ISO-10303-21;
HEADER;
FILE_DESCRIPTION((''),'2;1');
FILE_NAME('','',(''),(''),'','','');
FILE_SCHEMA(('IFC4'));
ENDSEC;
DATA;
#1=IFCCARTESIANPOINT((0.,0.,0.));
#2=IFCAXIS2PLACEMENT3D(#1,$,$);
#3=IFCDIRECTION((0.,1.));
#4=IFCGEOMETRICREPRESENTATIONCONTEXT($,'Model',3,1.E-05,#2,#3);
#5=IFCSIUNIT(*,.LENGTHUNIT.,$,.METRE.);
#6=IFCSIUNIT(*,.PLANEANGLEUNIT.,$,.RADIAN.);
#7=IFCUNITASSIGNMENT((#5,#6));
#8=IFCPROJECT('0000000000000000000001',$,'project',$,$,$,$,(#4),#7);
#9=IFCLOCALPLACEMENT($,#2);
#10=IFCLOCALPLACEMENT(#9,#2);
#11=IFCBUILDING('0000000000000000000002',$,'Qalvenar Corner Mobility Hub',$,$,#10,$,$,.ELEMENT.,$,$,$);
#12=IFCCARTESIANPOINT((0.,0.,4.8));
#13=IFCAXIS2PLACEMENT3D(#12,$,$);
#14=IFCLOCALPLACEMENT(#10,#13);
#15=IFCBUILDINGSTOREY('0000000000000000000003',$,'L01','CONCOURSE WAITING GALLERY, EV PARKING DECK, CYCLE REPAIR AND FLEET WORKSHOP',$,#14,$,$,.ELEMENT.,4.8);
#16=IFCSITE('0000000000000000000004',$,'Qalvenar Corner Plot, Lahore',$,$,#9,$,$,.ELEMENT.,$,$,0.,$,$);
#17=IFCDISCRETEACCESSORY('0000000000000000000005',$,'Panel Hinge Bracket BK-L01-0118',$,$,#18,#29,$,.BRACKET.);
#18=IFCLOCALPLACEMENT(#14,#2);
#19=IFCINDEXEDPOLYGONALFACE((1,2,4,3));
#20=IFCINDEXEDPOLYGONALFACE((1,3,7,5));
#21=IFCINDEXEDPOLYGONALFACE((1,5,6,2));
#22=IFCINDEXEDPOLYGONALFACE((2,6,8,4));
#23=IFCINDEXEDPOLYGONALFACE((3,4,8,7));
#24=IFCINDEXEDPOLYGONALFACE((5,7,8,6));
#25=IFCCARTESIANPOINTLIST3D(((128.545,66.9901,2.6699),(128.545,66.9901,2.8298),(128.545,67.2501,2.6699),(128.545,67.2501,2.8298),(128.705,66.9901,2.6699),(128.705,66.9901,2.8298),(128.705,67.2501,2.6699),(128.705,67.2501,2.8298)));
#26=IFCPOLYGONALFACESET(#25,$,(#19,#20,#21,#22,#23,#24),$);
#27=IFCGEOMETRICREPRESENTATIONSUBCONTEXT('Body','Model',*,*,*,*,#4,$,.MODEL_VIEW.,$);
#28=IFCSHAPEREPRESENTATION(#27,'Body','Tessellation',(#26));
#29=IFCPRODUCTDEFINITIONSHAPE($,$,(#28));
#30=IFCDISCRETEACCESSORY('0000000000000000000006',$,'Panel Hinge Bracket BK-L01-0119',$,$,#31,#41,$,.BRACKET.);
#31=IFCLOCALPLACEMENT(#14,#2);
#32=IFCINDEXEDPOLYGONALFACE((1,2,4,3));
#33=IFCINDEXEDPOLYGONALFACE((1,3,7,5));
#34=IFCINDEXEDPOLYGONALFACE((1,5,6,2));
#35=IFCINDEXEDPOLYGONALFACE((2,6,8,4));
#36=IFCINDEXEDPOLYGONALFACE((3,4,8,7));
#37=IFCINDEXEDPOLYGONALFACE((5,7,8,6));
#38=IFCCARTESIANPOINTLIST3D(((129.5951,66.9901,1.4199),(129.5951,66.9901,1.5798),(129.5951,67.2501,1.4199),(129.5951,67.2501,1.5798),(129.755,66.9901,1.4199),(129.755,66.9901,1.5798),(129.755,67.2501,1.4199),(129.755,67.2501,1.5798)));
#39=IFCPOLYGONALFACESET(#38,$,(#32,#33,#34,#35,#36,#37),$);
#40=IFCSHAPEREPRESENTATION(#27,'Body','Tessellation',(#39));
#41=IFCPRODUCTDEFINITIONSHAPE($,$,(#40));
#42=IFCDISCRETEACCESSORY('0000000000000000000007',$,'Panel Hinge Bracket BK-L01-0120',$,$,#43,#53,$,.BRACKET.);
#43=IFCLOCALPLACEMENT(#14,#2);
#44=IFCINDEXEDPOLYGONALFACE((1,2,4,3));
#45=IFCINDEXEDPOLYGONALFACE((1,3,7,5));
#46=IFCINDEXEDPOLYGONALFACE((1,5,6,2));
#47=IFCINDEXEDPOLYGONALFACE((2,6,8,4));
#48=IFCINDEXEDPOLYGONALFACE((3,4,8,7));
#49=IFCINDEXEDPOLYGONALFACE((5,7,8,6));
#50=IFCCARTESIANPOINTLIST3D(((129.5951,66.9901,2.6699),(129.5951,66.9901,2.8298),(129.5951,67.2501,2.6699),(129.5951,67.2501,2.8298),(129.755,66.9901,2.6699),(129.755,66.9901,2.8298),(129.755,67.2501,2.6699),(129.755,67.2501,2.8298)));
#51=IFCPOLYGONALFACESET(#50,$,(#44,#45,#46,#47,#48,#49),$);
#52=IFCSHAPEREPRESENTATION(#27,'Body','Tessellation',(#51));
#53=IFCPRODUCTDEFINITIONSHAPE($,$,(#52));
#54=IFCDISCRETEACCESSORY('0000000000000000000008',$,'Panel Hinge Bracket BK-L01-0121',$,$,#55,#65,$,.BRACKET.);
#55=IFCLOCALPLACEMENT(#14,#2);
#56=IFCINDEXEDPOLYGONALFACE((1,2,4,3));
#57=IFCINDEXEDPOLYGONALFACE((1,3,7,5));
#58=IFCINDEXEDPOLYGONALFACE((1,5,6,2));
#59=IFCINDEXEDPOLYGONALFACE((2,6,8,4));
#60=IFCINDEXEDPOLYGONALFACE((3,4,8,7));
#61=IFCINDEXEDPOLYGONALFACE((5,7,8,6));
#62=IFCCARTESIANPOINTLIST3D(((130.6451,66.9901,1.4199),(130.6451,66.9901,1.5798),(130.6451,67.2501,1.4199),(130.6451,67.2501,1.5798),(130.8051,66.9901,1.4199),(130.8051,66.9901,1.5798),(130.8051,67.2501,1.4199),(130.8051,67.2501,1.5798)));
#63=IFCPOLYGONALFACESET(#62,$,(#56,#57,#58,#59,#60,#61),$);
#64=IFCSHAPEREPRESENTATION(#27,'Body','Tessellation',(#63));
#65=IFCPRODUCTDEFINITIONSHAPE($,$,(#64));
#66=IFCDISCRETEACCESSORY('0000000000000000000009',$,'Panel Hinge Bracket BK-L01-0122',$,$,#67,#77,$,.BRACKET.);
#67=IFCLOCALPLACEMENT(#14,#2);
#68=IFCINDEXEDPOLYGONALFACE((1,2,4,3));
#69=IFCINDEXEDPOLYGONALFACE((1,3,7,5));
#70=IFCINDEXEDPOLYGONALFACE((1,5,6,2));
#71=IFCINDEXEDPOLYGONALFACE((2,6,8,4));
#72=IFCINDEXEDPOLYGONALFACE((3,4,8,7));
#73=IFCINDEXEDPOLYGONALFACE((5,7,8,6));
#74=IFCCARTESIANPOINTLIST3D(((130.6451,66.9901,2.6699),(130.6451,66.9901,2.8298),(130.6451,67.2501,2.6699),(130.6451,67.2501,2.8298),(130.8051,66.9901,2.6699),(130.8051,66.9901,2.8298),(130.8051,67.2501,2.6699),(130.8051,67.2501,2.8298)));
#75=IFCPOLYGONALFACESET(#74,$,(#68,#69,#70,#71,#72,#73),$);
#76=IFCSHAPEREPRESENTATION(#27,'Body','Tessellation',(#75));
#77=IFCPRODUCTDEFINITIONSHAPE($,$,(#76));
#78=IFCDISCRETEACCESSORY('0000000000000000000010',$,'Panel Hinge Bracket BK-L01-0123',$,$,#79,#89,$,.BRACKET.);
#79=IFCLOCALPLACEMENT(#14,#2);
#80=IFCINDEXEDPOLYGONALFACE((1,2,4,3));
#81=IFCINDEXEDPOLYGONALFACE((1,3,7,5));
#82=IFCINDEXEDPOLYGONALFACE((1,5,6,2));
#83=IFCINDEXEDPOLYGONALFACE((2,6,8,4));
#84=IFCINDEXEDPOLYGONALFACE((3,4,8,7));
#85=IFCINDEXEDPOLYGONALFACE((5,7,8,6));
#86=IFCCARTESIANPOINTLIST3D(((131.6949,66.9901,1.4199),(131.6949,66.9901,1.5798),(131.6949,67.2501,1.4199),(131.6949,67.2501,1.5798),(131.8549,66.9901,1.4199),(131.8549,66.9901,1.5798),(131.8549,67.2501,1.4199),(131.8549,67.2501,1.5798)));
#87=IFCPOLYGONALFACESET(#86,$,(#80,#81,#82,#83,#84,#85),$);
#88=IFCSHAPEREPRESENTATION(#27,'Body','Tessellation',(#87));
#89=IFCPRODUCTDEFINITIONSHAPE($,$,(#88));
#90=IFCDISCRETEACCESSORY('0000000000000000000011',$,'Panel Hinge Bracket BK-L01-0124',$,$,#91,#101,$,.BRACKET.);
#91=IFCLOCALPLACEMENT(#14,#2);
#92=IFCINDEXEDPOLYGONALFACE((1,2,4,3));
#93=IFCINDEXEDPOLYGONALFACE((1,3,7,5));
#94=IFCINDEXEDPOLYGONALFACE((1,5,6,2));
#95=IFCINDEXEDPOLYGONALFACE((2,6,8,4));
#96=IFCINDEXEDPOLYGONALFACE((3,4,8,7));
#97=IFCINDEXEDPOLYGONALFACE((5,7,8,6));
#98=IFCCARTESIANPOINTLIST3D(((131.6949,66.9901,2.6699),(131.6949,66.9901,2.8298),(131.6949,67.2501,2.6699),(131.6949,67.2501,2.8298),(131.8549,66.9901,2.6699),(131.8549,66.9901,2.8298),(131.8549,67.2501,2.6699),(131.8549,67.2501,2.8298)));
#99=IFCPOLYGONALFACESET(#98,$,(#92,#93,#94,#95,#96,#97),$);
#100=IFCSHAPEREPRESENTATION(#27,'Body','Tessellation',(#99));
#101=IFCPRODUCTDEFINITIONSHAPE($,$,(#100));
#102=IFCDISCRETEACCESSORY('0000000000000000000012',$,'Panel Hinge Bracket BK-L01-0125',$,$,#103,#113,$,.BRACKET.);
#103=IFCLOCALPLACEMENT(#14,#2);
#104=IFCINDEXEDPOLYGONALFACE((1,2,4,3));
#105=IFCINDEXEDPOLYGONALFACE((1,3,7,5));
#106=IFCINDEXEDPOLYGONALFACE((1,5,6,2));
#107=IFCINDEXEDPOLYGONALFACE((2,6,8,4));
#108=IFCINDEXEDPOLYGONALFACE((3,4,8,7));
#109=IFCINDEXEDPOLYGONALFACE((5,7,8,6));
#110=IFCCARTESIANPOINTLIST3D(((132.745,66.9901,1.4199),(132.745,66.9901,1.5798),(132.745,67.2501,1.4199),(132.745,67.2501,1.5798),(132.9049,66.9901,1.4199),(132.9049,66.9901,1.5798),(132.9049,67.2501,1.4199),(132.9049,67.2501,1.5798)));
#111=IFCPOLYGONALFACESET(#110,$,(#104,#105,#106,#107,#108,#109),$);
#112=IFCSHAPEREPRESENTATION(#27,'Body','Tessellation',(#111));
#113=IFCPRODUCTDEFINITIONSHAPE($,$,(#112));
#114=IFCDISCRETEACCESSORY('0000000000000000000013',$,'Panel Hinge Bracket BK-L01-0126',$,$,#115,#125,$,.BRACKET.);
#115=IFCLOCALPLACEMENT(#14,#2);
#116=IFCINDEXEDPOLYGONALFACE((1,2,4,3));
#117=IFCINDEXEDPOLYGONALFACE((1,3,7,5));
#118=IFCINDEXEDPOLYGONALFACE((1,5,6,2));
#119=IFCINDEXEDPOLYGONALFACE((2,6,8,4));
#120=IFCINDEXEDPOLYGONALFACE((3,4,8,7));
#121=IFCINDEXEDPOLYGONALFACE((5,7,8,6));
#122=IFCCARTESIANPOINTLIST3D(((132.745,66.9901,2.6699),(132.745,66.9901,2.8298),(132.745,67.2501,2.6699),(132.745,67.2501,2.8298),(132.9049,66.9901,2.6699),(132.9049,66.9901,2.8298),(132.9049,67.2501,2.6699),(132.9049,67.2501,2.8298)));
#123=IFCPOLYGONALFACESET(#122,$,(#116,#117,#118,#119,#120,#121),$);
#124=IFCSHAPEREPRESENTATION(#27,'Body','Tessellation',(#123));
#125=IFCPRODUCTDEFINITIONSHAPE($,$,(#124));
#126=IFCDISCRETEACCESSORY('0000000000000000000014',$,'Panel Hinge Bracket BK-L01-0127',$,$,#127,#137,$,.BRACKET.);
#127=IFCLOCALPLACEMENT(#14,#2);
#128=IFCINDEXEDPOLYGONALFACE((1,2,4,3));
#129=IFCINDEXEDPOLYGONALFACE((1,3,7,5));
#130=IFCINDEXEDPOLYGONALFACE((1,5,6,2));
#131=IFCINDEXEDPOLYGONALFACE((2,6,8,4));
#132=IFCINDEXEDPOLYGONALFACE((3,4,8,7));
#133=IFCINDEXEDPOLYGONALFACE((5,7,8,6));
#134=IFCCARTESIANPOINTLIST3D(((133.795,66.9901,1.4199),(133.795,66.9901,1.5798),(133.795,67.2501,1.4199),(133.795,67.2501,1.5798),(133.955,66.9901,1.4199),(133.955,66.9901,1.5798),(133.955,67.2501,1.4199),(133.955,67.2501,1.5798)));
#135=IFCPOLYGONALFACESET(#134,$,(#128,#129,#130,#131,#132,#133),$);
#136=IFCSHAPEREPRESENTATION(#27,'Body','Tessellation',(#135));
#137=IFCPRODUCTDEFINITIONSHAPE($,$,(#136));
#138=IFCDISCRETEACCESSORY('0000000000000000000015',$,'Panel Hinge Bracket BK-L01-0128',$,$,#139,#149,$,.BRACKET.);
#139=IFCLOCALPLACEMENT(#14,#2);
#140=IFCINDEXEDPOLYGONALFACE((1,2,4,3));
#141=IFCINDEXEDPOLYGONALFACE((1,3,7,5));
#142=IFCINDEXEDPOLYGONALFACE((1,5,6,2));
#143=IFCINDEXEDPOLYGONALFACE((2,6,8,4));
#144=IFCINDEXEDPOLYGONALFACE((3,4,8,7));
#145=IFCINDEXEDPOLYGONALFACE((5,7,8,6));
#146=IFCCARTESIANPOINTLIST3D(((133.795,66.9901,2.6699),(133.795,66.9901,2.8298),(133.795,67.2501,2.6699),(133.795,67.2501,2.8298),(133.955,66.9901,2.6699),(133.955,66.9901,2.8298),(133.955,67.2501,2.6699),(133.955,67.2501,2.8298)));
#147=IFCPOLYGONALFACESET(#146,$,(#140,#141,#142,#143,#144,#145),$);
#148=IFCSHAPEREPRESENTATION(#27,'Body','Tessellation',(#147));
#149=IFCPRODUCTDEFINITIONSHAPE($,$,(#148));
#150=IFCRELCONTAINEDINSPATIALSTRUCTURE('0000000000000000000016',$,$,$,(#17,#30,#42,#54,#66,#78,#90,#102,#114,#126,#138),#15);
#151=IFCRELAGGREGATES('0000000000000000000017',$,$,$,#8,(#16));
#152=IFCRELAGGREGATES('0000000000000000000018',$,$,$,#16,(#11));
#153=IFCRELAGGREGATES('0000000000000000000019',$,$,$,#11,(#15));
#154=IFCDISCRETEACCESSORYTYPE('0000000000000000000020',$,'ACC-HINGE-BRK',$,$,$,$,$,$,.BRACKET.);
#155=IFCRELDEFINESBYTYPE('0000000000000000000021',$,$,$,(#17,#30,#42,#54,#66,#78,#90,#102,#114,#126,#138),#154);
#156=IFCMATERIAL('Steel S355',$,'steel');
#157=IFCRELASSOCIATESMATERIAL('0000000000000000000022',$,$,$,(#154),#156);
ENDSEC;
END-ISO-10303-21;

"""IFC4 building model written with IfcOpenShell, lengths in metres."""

from ifc_helpers import new_model, si_unit, direction, frame, origin, origin_2d, place, context, subcontext, project, spatial, rectangle, extrude, material, type_object, element, save


model = new_model("IFC4")

# Units and contexts
model_context = context("Model", 3, precision=1e-05, world=origin(), true_north=direction((0.0, 1.0)))
body_context = subcontext(model_context, "Body", "Model", "MODEL_VIEW")
ifc_project = project(units=[si_unit("LENGTHUNIT", "METRE"), si_unit("PLANEANGLEUNIT", "RADIAN")], contexts=[model_context])

# Site, building, storey
site_placement = place(None, origin())
site = spatial("IfcSite", under=ifc_project, at=site_placement, Name="Qalvenar Corner Plot, Lahore", CompositionType="ELEMENT", RefElevation=0.0)
building_placement = place(site_placement, origin())
building = spatial("IfcBuilding", under=site, at=building_placement, Name="Qalvenar Corner Mobility Hub", CompositionType="ELEMENT")
storey_placement = place(building_placement, frame((0.0, 0.0, 4.8)))
storey = spatial("IfcBuildingStorey", under=building, at=storey_placement, Name="L01", Description="CONCOURSE WAITING GALLERY, EV PARKING DECK, CYCLE REPAIR AND FLEET WORKSHOP", CompositionType="ELEMENT", Elevation=4.8)

# Shared definitions
ifc_material_1 = material(Name="Steel S355", Category="steel")

# Discrete accessories
discrete_accessory_type = type_object("IfcDiscreteAccessoryType", Name="ACC-HINGE-BRK", PredefinedType="BRACKET", material=ifc_material_1)
for number, where, z_axis, x_axis, name in (
    (1, (128.625, 67.1201, 2.6699), (0.0, 0.0, 1.0), (1.0, 0.0, 0.0), "Panel Hinge Bracket BK-L01-0118"),
    (2, (129.675, 67.1201, 1.4199), (0.0, 0.0, 1.0), (1.0, 0.0, 0.0), "Panel Hinge Bracket BK-L01-0119"),
    (3, (129.675, 67.1201, 2.6699), (0.0, 0.0, 1.0), (1.0, 0.0, 0.0), "Panel Hinge Bracket BK-L01-0120"),
    (4, (130.7251, 67.1201, 1.4199), (0.0, 0.0, 1.0), (1.0, 0.0, 0.0), "Panel Hinge Bracket BK-L01-0121"),
    (5, (130.7251, 67.1201, 2.6699), (0.0, 0.0, 1.0), (1.0, 0.0, 0.0), "Panel Hinge Bracket BK-L01-0122"),
    (6, (131.7749, 67.1201, 1.4199), (0.0, 0.0, 1.0), (1.0, 0.0, 0.0), "Panel Hinge Bracket BK-L01-0123"),
    (7, (131.7749, 67.1201, 2.6699), (0.0, 0.0, 1.0), (1.0, 0.0, 0.0), "Panel Hinge Bracket BK-L01-0124"),
    (8, (132.825, 67.1201, 1.4199), (0.0, 0.0, 1.0), (1.0, 0.0, 0.0), "Panel Hinge Bracket BK-L01-0125"),
    (9, (132.825, 67.1201, 2.6699), (0.0, 0.0, 1.0), (1.0, 0.0, 0.0), "Panel Hinge Bracket BK-L01-0126"),
    (10, (133.875, 67.1201, 1.4199), (0.0, 0.0, 1.0), (1.0, 0.0, 0.0), "Panel Hinge Bracket BK-L01-0127"),
    (11, (133.875, 67.1201, 2.6699), (0.0, 0.0, 1.0), (1.0, 0.0, 0.0), "Panel Hinge Bracket BK-L01-0128"),
):
    element("IfcDiscreteAccessory", number, at=place(storey_placement, frame(where, z_axis=z_axis, x_axis=x_axis)), inside=storey, type_object=discrete_accessory_type, Name=name, PredefinedType="BRACKET", context=body_context, shape_type="SweptSolid", body=[
        extrude(rectangle(XDim=0.1599, YDim=0.26, at=origin_2d()), origin(), (0.0, 0.0, 1.0), 0.1599),
    ])

save(model, "model.ifc")
